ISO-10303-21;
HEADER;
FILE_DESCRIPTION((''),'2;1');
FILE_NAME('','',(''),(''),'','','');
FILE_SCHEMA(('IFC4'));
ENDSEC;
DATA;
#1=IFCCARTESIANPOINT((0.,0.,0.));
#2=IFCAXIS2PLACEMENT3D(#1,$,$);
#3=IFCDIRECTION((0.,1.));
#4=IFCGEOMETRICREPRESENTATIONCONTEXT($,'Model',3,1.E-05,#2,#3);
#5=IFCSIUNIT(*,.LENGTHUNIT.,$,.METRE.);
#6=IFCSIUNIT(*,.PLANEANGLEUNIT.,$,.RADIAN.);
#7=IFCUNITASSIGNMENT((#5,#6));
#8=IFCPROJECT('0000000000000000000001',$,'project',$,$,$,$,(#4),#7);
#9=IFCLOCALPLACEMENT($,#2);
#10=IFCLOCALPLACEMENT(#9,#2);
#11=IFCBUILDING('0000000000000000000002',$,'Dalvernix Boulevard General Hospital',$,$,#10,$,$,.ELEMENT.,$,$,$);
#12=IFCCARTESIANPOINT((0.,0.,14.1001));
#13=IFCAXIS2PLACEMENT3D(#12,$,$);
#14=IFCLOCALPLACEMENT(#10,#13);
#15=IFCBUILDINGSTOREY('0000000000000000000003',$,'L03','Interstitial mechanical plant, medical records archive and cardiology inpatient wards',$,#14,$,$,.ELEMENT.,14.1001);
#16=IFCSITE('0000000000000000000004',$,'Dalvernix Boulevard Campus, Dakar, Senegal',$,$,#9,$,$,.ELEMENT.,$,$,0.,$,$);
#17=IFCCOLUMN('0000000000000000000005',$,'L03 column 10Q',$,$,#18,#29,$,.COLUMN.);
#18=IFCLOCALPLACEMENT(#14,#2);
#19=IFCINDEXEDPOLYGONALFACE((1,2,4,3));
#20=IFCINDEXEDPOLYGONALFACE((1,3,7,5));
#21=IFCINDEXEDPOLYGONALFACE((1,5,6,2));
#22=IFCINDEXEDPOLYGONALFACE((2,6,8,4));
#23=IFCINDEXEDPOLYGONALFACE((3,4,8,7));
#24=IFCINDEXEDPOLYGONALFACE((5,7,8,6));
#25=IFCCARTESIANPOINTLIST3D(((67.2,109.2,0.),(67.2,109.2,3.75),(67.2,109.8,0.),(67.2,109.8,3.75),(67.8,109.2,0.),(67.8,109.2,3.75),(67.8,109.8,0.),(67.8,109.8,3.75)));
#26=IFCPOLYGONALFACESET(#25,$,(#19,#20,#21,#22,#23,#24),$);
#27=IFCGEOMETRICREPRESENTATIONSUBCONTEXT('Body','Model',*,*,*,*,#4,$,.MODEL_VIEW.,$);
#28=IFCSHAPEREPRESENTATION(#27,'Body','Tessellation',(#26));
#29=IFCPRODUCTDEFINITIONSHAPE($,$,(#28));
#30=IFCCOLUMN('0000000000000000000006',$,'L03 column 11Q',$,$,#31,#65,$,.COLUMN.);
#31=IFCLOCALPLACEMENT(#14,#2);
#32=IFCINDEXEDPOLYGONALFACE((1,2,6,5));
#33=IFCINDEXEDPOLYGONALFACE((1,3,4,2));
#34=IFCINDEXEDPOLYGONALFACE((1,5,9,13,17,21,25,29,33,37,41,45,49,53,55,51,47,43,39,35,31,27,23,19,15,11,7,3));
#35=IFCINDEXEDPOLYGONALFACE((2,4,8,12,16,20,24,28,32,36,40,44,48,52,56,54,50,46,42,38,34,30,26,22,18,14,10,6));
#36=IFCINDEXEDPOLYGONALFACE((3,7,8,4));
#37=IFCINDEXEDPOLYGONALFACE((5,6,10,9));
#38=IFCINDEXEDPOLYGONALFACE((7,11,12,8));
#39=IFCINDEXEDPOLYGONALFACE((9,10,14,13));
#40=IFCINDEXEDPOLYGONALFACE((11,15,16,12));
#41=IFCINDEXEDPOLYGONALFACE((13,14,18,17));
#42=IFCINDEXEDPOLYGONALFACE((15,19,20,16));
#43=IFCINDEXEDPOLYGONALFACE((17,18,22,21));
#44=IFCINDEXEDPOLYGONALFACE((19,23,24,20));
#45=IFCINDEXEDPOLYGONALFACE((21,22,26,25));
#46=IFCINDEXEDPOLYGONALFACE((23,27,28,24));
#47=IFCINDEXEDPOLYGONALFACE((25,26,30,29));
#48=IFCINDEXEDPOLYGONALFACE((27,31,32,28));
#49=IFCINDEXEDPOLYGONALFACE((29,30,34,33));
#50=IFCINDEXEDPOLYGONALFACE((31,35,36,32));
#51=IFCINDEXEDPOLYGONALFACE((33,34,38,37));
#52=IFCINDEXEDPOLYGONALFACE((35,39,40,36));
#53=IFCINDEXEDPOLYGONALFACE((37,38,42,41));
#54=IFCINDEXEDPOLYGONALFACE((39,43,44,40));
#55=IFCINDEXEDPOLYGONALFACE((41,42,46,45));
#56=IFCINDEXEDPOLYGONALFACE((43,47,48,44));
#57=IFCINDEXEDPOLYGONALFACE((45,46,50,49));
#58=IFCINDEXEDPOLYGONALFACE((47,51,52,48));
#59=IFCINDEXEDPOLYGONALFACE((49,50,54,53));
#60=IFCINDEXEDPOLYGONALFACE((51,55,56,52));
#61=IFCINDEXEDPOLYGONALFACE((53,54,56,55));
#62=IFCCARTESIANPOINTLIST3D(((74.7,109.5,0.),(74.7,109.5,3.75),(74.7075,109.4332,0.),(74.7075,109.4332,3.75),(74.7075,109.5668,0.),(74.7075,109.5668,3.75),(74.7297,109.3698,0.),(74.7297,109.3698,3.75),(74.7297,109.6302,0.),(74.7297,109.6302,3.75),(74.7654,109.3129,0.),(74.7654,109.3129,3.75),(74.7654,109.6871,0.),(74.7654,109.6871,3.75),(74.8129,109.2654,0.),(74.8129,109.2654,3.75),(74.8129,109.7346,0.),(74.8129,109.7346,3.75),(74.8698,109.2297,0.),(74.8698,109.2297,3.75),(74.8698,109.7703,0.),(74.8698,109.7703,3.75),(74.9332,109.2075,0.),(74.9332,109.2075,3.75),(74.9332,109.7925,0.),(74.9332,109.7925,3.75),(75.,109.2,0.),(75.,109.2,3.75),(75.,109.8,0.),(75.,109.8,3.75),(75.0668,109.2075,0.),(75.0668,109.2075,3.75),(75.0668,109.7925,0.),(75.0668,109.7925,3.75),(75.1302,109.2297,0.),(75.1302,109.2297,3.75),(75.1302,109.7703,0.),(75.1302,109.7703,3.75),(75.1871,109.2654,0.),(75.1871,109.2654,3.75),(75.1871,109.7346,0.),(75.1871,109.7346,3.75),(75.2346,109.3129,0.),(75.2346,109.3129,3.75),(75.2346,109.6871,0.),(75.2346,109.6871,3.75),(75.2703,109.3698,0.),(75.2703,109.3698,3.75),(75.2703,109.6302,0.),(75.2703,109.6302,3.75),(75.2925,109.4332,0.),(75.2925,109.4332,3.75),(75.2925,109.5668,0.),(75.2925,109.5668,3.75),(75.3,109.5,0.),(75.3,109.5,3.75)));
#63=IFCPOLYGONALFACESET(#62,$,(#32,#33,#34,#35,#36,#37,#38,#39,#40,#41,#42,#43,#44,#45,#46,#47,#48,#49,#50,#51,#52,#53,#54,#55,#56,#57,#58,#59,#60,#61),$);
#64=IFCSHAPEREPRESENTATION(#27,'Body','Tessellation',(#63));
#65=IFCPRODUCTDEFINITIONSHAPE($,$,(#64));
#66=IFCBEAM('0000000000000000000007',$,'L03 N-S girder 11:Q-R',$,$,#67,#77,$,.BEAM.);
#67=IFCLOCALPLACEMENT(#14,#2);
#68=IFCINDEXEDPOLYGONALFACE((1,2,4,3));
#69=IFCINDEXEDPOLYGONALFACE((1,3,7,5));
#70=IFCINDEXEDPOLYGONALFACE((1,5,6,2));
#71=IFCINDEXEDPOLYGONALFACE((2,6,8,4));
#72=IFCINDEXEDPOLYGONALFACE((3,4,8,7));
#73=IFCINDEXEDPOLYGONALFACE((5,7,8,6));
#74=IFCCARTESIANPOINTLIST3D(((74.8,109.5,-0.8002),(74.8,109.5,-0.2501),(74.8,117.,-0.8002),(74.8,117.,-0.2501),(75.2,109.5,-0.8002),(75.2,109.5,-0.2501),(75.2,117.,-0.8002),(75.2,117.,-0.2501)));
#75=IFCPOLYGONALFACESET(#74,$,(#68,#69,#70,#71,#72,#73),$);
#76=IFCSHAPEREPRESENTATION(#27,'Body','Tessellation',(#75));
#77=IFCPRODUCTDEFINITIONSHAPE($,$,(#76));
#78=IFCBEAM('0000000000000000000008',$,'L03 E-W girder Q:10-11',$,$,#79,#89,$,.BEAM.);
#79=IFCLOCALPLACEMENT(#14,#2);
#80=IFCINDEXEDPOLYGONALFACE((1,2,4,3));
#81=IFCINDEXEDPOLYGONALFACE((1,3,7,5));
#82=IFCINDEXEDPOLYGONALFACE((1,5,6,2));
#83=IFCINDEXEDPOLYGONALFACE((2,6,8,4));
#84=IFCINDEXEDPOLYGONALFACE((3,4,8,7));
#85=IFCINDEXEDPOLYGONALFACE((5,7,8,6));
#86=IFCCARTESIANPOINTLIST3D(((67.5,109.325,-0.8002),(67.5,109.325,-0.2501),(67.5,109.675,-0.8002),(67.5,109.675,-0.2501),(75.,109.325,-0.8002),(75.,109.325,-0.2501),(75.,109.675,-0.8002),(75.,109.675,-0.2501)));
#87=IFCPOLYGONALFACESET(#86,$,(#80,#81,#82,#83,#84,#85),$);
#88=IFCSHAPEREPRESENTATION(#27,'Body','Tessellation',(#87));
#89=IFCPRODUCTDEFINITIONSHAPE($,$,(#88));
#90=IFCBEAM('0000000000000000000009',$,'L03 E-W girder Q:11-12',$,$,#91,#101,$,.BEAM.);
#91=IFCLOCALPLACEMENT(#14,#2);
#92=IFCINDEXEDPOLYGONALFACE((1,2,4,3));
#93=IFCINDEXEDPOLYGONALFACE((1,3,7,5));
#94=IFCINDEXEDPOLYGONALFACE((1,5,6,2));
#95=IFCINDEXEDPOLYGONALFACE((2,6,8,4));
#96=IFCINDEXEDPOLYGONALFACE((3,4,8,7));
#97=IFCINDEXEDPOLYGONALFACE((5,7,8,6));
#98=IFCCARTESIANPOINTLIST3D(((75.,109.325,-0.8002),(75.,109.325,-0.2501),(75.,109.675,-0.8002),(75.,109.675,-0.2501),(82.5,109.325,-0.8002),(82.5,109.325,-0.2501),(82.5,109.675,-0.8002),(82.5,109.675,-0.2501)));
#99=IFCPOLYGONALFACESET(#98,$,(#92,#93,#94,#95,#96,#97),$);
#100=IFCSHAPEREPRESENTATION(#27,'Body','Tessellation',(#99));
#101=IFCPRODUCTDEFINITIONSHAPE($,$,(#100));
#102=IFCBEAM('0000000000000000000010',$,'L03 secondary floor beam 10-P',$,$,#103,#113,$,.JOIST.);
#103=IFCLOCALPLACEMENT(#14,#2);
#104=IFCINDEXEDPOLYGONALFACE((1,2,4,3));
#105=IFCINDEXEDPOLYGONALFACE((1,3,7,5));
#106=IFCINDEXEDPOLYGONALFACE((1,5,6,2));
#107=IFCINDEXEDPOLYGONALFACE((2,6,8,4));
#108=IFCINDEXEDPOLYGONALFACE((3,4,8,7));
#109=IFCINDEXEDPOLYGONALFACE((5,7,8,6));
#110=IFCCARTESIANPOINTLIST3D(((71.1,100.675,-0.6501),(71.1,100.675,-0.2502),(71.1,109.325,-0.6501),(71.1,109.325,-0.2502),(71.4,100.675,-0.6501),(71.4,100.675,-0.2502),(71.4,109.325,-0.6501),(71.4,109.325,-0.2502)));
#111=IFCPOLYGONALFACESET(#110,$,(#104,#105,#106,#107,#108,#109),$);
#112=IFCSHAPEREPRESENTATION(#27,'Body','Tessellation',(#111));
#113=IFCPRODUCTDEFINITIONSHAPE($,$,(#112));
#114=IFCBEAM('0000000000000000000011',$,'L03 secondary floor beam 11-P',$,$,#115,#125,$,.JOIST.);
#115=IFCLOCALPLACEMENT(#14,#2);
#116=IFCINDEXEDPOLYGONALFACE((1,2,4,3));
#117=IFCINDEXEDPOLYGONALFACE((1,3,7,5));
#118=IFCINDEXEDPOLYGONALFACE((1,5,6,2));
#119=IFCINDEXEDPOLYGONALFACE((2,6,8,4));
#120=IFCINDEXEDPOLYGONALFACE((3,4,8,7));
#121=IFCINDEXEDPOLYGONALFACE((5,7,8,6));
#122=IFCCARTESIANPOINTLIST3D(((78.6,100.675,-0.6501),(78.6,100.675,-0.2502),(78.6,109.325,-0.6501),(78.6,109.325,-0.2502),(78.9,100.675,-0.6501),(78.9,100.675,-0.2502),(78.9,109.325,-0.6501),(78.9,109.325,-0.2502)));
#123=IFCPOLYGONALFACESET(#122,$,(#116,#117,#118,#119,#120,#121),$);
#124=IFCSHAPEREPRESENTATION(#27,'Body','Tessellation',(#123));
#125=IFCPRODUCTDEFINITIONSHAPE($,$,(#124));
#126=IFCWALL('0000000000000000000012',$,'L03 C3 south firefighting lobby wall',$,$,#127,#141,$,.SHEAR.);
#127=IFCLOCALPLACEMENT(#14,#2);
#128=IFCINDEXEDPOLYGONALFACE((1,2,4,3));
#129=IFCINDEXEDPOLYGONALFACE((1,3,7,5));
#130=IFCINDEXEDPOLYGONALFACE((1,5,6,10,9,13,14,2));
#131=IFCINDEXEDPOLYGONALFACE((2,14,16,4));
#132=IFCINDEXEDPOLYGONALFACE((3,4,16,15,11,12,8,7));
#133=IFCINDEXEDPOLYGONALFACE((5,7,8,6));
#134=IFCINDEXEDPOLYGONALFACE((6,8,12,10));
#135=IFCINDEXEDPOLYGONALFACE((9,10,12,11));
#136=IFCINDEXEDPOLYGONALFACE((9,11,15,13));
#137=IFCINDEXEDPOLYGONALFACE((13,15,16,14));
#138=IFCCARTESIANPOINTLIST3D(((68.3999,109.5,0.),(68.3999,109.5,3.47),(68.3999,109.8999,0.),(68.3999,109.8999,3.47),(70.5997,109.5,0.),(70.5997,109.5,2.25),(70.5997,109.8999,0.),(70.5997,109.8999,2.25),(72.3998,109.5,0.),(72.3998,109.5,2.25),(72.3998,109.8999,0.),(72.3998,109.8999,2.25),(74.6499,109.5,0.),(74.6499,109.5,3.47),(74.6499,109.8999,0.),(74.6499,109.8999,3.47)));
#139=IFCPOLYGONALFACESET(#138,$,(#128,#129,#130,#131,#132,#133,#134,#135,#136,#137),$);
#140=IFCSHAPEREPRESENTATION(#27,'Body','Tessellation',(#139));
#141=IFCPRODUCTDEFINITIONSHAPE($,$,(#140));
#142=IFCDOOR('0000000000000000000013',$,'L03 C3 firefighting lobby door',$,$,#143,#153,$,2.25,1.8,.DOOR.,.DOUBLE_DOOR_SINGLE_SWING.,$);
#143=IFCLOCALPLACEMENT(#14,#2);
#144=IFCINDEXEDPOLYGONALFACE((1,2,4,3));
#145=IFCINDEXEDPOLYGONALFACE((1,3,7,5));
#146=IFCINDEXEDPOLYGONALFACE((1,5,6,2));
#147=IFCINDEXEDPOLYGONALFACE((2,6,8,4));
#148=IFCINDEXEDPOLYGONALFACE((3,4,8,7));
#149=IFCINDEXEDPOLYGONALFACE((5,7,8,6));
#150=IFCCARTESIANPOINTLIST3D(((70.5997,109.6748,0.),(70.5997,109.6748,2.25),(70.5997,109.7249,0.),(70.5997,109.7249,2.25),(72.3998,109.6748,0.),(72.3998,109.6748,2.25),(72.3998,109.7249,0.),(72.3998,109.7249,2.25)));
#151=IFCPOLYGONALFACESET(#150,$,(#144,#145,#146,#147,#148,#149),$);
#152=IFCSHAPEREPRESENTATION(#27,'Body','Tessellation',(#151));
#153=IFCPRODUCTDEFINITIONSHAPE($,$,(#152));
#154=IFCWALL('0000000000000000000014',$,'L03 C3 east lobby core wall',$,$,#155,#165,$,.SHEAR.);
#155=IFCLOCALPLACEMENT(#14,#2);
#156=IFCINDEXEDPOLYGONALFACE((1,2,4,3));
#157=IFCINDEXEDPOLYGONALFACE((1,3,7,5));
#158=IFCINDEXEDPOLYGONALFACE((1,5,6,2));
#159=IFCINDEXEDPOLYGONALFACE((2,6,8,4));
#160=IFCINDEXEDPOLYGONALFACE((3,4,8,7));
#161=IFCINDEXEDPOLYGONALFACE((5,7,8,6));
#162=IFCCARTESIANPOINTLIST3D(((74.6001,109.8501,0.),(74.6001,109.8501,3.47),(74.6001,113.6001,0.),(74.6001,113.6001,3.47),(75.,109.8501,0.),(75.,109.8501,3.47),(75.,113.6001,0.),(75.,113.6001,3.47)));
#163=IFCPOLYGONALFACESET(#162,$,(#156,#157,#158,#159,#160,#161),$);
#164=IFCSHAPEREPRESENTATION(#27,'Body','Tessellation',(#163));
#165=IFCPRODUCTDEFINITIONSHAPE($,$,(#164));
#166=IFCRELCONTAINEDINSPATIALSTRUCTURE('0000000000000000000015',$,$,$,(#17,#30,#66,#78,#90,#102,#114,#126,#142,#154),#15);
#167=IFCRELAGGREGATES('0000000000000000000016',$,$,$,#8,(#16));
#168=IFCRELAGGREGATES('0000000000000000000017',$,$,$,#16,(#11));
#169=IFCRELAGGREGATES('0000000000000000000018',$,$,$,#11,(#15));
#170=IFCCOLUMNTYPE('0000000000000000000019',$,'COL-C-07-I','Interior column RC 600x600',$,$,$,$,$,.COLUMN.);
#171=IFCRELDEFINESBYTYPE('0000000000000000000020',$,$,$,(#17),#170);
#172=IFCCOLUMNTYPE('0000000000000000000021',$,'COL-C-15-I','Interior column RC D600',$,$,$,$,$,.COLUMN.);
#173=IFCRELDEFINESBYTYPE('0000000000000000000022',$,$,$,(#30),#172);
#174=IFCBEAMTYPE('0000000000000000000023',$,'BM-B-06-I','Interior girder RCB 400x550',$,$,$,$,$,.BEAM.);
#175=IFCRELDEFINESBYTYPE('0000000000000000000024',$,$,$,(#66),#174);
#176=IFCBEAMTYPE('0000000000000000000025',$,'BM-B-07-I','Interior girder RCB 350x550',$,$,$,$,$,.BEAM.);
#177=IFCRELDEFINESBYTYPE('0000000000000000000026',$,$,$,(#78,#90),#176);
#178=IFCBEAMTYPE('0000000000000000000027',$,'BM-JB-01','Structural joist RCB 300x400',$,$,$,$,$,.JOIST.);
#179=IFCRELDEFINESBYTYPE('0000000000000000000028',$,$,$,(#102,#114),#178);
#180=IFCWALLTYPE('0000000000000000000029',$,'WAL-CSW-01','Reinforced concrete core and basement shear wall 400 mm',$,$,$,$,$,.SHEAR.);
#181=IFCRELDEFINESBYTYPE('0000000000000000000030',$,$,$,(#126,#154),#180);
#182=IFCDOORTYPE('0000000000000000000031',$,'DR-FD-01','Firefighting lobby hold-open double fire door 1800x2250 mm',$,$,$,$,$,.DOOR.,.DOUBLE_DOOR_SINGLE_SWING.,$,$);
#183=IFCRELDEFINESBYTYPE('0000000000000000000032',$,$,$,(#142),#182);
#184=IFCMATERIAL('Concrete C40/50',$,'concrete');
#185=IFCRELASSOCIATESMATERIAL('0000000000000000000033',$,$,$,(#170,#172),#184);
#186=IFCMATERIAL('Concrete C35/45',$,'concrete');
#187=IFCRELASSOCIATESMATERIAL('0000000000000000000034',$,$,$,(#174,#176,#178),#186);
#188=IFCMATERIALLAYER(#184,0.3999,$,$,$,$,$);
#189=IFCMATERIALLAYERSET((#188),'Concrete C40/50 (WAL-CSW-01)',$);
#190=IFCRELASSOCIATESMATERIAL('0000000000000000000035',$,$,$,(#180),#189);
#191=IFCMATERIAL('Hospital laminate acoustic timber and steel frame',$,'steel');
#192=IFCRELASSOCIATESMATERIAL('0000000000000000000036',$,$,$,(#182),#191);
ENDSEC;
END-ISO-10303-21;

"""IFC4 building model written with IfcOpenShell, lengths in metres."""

from ifc_helpers import new_model, si_unit, direction, frame, frame_2d, origin, origin_2d, place, context, subcontext, project, spatial, rectangle, circle, extrude, material, layer, layer_set, material_profile, profile_set, type_object, element, fill, save


model = new_model("IFC4")

# Units and contexts
model_context = context("Model", 3, precision=1e-05, world=origin(), true_north=direction((0.0, 1.0)))
body_context = subcontext(model_context, "Body", "Model", "MODEL_VIEW")
ifc_project = project(units=[si_unit("LENGTHUNIT", "METRE"), si_unit("PLANEANGLEUNIT", "RADIAN")], contexts=[model_context])

# Site, building, storey
site_placement = place(None, origin())
site = spatial("IfcSite", under=ifc_project, at=site_placement, Name="Dalvernix Boulevard Campus, Dakar, Senegal", CompositionType="ELEMENT", RefElevation=0.0)
building_placement = place(site_placement, origin())
building = spatial("IfcBuilding", under=site, at=building_placement, Name="Dalvernix Boulevard General Hospital", CompositionType="ELEMENT")
storey_placement = place(building_placement, frame((0.0, 0.0, 14.1001)))
storey = spatial("IfcBuildingStorey", under=building, at=storey_placement, Name="L03", Description="Interstitial mechanical plant, medical records archive and cardiology inpatient wards", CompositionType="ELEMENT", Elevation=14.1001)

# Columns
ifc_material_1 = material(Name="Concrete C40/50", Category="concrete")
ifc_material_profile_1 = material_profile(ifc_material_1, rectangle(XDim=0.6001, YDim=0.6001, at=origin_2d()), Name="RC 600x600")
ifc_profile_set_1 = profile_set([ifc_material_profile_1], Name="Concrete C40/50")
column_type_1 = type_object("IfcColumnType", Name="COL-C-07-I", Description="Interior column RC 600x600", PredefinedType="COLUMN", material=ifc_profile_set_1)
column_1_placement = place(storey_placement, frame((67.5, 109.5, 0.0), z_axis=(0.0, 0.0, 1.0), x_axis=(1.0, 0.0, 0.0)))
element("IfcColumn", 1, at=column_1_placement, inside=storey, type_object=column_type_1, Name="L03 column 10Q", PredefinedType="COLUMN", context=body_context, shape_type="SweptSolid", body=[
    extrude(rectangle(XDim=0.6001, YDim=0.6001, at=origin_2d()), origin(), (0.0, 0.0, 1.0), 3.75),
])
ifc_material_profile_2 = material_profile(ifc_material_1, circle(Radius=0.3, at=origin_2d()), Name="RC D600")
ifc_profile_set_2 = profile_set([ifc_material_profile_2], Name="Concrete C40/50")
column_type_2 = type_object("IfcColumnType", Name="COL-C-15-I", Description="Interior column RC D600", PredefinedType="COLUMN", material=ifc_profile_set_2)
column_2_placement = place(storey_placement, frame((75.0, 109.5, 0.0), z_axis=(0.0, 0.0, 1.0), x_axis=(1.0, 0.0, 0.0)))
element("IfcColumn", 2, at=column_2_placement, inside=storey, type_object=column_type_2, Name="L03 column 11Q", PredefinedType="COLUMN", context=body_context, shape_type="SweptSolid", body=[
    extrude(circle(Radius=0.3, at=origin_2d()), origin(), (0.0, 0.0, 1.0), 3.75),
])

# Beams
ifc_material_2 = material(Name="Concrete C35/45", Category="concrete")
ifc_material_profile_3 = material_profile(ifc_material_2, rectangle(XDim=0.3999, YDim=0.55, at=origin_2d()), Name="RCB 400x550")
ifc_profile_set_3 = profile_set([ifc_material_profile_3], Name="Concrete C35/45")
beam_type_1 = type_object("IfcBeamType", Name="BM-B-06-I", Description="Interior girder RCB 400x550", PredefinedType="BEAM", material=ifc_profile_set_3)
beam_placement = place(storey_placement, frame((75.0, 109.5, -0.5251), z_axis=(0.0, 1.0, 0.0), x_axis=(-1.0, 0.0, 0.0)))
element("IfcBeam", 3, at=beam_placement, inside=storey, type_object=beam_type_1, Name="L03 N-S girder 11:Q-R", PredefinedType="BEAM", context=body_context, shape_type="SweptSolid", body=[
    extrude(rectangle(XDim=0.3999, YDim=0.55, at=origin_2d()), origin(), (0.0, 0.0, 1.0), 7.5),
])
ifc_material_profile_4 = material_profile(ifc_material_2, rectangle(XDim=0.3501, YDim=0.55, at=origin_2d()), Name="RCB 350x550")
ifc_profile_set_4 = profile_set([ifc_material_profile_4], Name="Concrete C35/45")
beam_type_2 = type_object("IfcBeamType", Name="BM-B-07-I", Description="Interior girder RCB 350x550", PredefinedType="BEAM", material=ifc_profile_set_4)
for number, where, z_axis, x_axis, name in (
    (4, (67.5, 109.5, -0.5251), (1.0, 0.0, 0.0), (0.0, 1.0, 0.0), "L03 E-W girder Q:10-11"),
    (5, (75.0, 109.5, -0.5251), (1.0, 0.0, 0.0), (0.0, 1.0, 0.0), "L03 E-W girder Q:11-12"),
):
    element("IfcBeam", number, at=place(storey_placement, frame(where, z_axis=z_axis, x_axis=x_axis)), inside=storey, type_object=beam_type_2, Name=name, PredefinedType="BEAM", context=body_context, shape_type="SweptSolid", body=[
        extrude(rectangle(XDim=0.3501, YDim=0.55, at=origin_2d()), origin(), (0.0, 0.0, 1.0), 7.5),
    ])
ifc_material_profile_5 = material_profile(ifc_material_2, rectangle(XDim=0.3, YDim=0.3999, at=origin_2d()), Name="RCB 300x400")
ifc_profile_set_5 = profile_set([ifc_material_profile_5], Name="Concrete C35/45")
beam_type_3 = type_object("IfcBeamType", Name="BM-JB-01", Description="Structural joist RCB 300x400", PredefinedType="JOIST", material=ifc_profile_set_5)
for number, where, z_axis, x_axis, name in (
    (6, (71.25, 100.675, -0.4502), (0.0, 1.0, 0.0), (-1.0, 0.0, 0.0), "L03 secondary floor beam 10-P"),
    (7, (78.75, 100.675, -0.4502), (0.0, 1.0, 0.0), (-1.0, 0.0, 0.0), "L03 secondary floor beam 11-P"),
):
    element("IfcBeam", number, at=place(storey_placement, frame(where, z_axis=z_axis, x_axis=x_axis)), inside=storey, type_object=beam_type_3, Name=name, PredefinedType="JOIST", context=body_context, shape_type="SweptSolid", body=[
        extrude(rectangle(XDim=0.3, YDim=0.3999, at=origin_2d()), origin(), (0.0, 0.0, 1.0), 8.6499),
    ])

# Wall, opening, door
ifc_layer_1 = layer(ifc_material_1, 0.3999)
ifc_layer_set_1 = layer_set([ifc_layer_1], Name="Concrete C40/50 (WAL-CSW-01)")
wall_type_1 = type_object("IfcWallType", Name="WAL-CSW-01", Description="Reinforced concrete core and basement shear wall 400 mm", PredefinedType="SHEAR", material=ifc_layer_set_1)
wall_1_placement = place(storey_placement, frame((68.3999, 109.7, 0.0), z_axis=(0.0, 0.0, 1.0), x_axis=(1.0, 0.0, 0.0)))
wall_1 = element("IfcWall", 8, at=wall_1_placement, inside=storey, type_object=wall_type_1, Name="L03 C3 south firefighting lobby wall", PredefinedType="SHEAR", context=body_context, shape_type="SweptSolid", body=[
    extrude(rectangle(XDim=6.25, YDim=0.3999, at=frame_2d((3.125, 0.0))), origin(), (0.0, 0.0, 1.0), 3.47),
])
opening_1_placement = place(wall_1_placement, frame((2.2, 0.0, 0.0)))
opening_1 = element("IfcOpeningElement", 9, at=opening_1_placement, cuts=wall_1, PredefinedType="OPENING", context=body_context, shape_type="SweptSolid", body=[
    extrude(rectangle(XDim=1.8, YDim=2.25, at=frame_2d((0.8999, 1.125))), frame((0.0, 0.21, 0.0), z_axis=(0.0, -1.0, 0.0), x_axis=(1.0, 0.0, 0.0)), (0.0, 0.0, 1.0), 0.4199),
])
ifc_material_3 = material(Name="Hospital laminate acoustic timber and steel frame", Category="steel")
door_type_1 = type_object("IfcDoorType", Name="DR-FD-01", Description="Firefighting lobby hold-open double fire door 1800x2250 mm", OperationType="DOUBLE_DOOR_SINGLE_SWING", PredefinedType="DOOR", material=ifc_material_3)
door_1_placement = place(opening_1_placement, origin())
door_1 = element("IfcDoor", 10, at=door_1_placement, inside=storey, type_object=door_type_1, Name="L03 C3 firefighting lobby door", OperationType="DOUBLE_DOOR_SINGLE_SWING", OverallHeight=2.25, OverallWidth=1.8, PredefinedType="DOOR", context=body_context, shape_type="SweptSolid", body=[
    extrude(rectangle(XDim=1.8, YDim=2.25, at=frame_2d((0.8999, 1.125))), frame((0.0, 0.0249, 0.0), z_axis=(0.0, -1.0, 0.0), x_axis=(1.0, 0.0, 0.0)), (0.0, 0.0, 1.0), 0.05),
])
fill(opening_1, door_1)

# Wall
wall_2_placement = place(storey_placement, frame((74.8, 109.8501, 0.0), z_axis=(0.0, 0.0, 1.0), x_axis=(0.0, 1.0, 0.0)))
element("IfcWall", 11, at=wall_2_placement, inside=storey, type_object=wall_type_1, Name="L03 C3 east lobby core wall", PredefinedType="SHEAR", context=body_context, shape_type="SweptSolid", body=[
    extrude(rectangle(XDim=3.75, YDim=0.3999, at=frame_2d((1.875, 0.0))), origin(), (0.0, 0.0, 1.0), 3.47),
])

save(model, "model.ifc")
